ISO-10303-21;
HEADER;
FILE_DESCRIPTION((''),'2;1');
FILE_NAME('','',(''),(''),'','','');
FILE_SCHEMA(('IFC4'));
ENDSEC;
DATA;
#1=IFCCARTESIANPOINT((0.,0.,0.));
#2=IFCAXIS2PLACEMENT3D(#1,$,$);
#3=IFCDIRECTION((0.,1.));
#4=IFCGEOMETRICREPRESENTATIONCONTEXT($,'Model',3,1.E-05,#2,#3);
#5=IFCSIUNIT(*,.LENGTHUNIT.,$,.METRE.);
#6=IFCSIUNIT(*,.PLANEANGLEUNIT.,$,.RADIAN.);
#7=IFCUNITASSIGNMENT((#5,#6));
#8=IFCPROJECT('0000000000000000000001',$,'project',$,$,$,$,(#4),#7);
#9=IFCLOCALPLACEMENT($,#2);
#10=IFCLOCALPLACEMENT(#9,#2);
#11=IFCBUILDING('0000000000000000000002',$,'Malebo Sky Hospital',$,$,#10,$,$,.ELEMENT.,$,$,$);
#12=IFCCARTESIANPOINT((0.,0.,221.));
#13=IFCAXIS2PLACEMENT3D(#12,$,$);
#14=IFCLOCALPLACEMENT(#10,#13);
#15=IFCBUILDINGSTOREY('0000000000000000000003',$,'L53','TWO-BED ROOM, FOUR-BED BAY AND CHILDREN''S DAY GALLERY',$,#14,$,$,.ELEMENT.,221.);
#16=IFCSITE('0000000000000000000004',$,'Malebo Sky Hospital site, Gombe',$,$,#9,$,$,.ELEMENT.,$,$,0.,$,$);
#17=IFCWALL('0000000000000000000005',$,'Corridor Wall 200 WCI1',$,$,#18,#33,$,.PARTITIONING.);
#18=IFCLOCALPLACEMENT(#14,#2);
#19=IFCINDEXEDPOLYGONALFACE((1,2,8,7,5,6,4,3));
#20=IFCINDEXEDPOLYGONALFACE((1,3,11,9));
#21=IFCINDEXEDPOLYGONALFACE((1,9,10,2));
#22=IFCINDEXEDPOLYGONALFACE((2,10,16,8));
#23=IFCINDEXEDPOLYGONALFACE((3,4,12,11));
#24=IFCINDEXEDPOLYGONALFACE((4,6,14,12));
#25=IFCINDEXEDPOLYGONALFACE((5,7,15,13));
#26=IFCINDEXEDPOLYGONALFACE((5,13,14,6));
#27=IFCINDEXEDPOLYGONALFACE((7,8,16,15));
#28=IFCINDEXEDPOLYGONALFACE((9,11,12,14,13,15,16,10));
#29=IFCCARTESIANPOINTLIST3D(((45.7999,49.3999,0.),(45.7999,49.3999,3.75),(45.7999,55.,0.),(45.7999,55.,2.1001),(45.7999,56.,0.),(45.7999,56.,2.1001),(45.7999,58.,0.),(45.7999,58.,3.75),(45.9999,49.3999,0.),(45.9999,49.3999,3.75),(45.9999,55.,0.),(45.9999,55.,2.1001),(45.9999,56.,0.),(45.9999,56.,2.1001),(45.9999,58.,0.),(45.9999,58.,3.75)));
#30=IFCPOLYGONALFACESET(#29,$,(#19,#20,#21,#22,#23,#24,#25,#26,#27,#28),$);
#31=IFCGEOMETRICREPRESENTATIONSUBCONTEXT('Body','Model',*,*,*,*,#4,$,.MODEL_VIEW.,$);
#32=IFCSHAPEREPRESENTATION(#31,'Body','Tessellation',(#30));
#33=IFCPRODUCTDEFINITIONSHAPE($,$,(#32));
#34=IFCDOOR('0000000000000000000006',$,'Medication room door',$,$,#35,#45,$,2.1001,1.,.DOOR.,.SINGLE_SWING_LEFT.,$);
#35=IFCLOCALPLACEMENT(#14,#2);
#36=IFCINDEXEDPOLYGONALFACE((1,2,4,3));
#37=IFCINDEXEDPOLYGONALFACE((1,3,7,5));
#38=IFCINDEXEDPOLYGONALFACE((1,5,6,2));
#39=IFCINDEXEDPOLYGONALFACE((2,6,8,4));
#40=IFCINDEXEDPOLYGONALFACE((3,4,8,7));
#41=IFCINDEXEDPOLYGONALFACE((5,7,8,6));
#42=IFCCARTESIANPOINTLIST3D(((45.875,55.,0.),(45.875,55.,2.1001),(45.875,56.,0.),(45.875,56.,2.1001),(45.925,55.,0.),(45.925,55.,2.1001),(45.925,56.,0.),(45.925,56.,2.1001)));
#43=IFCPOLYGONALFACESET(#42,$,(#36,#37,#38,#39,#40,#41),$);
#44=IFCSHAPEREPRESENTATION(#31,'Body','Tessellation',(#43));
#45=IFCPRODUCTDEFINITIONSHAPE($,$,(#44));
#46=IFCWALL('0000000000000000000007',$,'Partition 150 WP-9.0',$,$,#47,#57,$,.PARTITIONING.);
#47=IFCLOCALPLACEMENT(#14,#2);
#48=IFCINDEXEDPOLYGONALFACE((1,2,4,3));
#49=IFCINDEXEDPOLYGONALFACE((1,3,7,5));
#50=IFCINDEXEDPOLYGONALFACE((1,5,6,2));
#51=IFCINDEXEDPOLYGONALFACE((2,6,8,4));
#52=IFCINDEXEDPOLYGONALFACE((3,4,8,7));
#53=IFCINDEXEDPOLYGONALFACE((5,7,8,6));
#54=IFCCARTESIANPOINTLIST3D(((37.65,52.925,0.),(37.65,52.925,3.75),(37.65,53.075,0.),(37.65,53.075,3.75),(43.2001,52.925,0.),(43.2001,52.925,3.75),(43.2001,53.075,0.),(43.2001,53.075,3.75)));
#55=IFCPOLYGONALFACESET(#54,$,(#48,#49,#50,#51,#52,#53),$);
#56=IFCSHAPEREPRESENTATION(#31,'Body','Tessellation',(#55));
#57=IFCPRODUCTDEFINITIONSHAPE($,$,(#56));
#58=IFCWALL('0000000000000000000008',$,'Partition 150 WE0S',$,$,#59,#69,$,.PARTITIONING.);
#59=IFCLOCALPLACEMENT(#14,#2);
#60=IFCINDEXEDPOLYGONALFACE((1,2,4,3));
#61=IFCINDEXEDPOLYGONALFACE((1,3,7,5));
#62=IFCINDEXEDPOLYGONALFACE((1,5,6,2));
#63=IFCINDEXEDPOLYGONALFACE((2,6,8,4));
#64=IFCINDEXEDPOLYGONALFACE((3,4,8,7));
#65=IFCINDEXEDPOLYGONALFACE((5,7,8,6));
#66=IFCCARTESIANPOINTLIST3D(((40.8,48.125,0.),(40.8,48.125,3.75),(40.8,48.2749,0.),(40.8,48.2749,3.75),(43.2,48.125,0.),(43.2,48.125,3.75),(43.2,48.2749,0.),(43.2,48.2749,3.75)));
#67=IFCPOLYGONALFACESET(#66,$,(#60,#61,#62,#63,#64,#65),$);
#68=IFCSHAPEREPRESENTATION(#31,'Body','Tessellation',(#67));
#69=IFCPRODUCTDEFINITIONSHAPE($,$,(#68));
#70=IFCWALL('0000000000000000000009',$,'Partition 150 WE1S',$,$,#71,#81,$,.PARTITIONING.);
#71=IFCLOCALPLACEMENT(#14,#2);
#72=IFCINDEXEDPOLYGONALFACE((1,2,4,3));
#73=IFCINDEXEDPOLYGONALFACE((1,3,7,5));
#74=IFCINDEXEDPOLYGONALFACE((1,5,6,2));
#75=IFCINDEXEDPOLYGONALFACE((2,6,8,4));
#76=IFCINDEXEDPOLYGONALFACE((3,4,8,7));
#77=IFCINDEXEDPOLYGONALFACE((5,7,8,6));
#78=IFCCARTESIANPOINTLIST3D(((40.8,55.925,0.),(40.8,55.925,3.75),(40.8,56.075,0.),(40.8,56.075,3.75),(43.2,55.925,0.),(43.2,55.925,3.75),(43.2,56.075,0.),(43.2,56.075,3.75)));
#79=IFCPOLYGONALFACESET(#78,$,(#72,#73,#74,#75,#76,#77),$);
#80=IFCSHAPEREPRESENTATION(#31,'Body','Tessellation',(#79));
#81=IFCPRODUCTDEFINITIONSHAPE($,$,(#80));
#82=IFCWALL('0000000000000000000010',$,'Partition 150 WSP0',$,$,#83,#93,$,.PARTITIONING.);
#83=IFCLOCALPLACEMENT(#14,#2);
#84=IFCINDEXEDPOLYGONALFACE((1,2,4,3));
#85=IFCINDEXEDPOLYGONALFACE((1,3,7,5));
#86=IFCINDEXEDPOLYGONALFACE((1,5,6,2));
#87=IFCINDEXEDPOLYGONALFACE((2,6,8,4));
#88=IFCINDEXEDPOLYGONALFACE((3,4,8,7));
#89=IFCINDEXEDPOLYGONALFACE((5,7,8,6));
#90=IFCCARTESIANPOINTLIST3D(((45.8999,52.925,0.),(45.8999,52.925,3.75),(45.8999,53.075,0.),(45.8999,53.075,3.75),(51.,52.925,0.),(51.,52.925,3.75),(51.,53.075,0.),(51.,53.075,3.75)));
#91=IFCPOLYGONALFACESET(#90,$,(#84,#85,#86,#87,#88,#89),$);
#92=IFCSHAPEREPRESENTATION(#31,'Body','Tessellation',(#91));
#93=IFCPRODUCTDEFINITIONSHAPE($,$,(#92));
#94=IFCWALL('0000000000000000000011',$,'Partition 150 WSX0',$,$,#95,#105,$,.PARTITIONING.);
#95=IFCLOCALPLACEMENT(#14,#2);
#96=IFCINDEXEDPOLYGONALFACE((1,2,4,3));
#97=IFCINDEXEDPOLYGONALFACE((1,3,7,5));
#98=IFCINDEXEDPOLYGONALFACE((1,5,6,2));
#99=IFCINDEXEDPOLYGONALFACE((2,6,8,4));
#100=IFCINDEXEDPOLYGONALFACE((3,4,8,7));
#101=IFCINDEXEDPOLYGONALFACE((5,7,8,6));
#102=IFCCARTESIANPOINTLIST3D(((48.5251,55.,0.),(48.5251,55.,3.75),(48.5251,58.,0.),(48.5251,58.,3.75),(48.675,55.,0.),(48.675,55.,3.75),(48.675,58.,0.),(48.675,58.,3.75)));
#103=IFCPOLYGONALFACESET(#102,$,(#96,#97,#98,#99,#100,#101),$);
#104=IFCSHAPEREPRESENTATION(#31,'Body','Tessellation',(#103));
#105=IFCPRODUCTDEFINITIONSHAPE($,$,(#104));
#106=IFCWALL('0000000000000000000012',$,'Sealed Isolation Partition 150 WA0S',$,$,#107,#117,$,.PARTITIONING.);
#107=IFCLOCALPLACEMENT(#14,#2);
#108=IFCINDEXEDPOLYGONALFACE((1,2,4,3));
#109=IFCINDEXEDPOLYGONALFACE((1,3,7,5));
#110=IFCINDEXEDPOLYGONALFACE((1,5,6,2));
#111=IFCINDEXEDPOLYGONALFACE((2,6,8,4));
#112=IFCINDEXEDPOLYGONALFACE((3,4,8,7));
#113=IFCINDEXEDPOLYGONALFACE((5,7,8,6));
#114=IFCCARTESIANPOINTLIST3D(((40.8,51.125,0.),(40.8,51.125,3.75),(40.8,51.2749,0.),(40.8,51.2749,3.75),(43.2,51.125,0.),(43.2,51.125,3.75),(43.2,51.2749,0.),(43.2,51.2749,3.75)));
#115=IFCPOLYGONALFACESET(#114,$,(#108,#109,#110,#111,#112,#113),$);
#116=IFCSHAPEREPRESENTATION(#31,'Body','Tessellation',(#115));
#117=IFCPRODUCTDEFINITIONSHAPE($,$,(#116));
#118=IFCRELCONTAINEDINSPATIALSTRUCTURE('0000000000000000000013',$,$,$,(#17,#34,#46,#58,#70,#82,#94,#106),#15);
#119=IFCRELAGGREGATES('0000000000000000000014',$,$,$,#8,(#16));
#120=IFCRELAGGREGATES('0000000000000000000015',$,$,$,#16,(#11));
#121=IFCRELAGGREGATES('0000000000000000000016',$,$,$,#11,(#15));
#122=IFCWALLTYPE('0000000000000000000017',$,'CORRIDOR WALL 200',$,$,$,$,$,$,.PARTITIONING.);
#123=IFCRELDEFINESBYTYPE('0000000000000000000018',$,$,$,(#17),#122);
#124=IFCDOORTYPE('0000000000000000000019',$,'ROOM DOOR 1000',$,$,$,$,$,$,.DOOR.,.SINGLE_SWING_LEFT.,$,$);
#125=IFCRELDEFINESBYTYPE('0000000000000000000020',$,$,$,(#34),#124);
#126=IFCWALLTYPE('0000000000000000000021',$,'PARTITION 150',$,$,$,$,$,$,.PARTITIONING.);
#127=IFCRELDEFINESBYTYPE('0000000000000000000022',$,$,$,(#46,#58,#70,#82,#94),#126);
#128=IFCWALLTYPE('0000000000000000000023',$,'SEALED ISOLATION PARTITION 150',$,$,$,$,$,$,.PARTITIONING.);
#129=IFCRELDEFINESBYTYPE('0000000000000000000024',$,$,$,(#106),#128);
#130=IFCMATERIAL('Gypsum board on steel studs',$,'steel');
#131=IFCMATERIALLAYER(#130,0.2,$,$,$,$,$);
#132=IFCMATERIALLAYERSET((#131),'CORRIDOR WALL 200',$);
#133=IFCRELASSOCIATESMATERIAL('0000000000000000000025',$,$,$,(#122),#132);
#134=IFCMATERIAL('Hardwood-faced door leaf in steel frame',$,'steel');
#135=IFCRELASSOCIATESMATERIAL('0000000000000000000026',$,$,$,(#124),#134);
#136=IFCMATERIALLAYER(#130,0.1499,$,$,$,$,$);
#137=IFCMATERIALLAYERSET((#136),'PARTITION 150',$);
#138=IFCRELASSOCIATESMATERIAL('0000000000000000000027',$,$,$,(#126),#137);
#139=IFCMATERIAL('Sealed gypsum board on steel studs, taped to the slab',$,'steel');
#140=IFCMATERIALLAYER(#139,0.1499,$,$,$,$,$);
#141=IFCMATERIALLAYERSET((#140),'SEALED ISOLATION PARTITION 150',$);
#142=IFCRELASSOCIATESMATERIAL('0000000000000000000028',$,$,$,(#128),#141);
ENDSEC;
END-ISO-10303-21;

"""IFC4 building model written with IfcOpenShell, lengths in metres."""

from ifc_helpers import new_model, si_unit, direction, frame, frame_2d, origin, place, context, subcontext, project, spatial, rectangle, extrude, material, layer, layer_set, type_object, element, fill, save


model = new_model("IFC4")

# Units and contexts
model_context = context("Model", 3, precision=1e-05, world=origin(), true_north=direction((0.0, 1.0)))
body_context = subcontext(model_context, "Body", "Model", "MODEL_VIEW")
ifc_project = project(units=[si_unit("LENGTHUNIT", "METRE"), si_unit("PLANEANGLEUNIT", "RADIAN")], contexts=[model_context])

# Site, building, storey
site_placement = place(None, origin())
site = spatial("IfcSite", under=ifc_project, at=site_placement, Name="Malebo Sky Hospital site, Gombe", CompositionType="ELEMENT", RefElevation=0.0)
building_placement = place(site_placement, origin())
building = spatial("IfcBuilding", under=site, at=building_placement, Name="Malebo Sky Hospital", CompositionType="ELEMENT")
storey_placement = place(building_placement, frame((0.0, 0.0, 221.0)))
storey = spatial("IfcBuildingStorey", under=building, at=storey_placement, Name="L53", Description="TWO-BED ROOM, FOUR-BED BAY AND CHILDREN'S DAY GALLERY", CompositionType="ELEMENT", Elevation=221.0)

# Wall, opening, door
ifc_material_1 = material(Name="Hardwood-faced door leaf in steel frame", Category="steel")
ifc_material_2 = material(Name="Gypsum board on steel studs", Category="steel")
ifc_layer_1 = layer(ifc_material_2, 0.2)
ifc_layer_set_1 = layer_set([ifc_layer_1], Name="CORRIDOR WALL 200")
wall_type_1 = type_object("IfcWallType", Name="CORRIDOR WALL 200", PredefinedType="PARTITIONING", material=ifc_layer_set_1)
wall_1_placement = place(storey_placement, frame((45.8999, 49.3999, 0.0), z_axis=(0.0, 0.0, 1.0), x_axis=(0.0, 1.0, 0.0)))
wall_1 = element("IfcWall", 1, at=wall_1_placement, inside=storey, type_object=wall_type_1, Name="Corridor Wall 200 WCI1", PredefinedType="PARTITIONING", context=body_context, shape_type="SweptSolid", body=[
    extrude(rectangle(XDim=8.6001, YDim=0.2, at=frame_2d((4.3, 0.0))), origin(), (0.0, 0.0, 1.0), 3.75),
])
opening_1_placement = place(wall_1_placement, frame((5.6001, 0.0, 0.0)))
opening_1 = element("IfcOpeningElement", 2, at=opening_1_placement, cuts=wall_1, PredefinedType="OPENING", context=body_context, shape_type="SweptSolid", body=[
    extrude(rectangle(XDim=1.0, YDim=2.1001, at=frame_2d((0.5, 1.05))), frame((0.0, 0.1099, 0.0), z_axis=(0.0, -1.0, 0.0), x_axis=(1.0, 0.0, 0.0)), (0.0, 0.0, 1.0), 0.22),
])
door_type_1 = type_object("IfcDoorType", Name="ROOM DOOR 1000", OperationType="SINGLE_SWING_LEFT", PredefinedType="DOOR", material=ifc_material_1)
door_1_placement = place(opening_1_placement, origin())
door_1 = element("IfcDoor", 3, at=door_1_placement, inside=storey, type_object=door_type_1, Name="Medication room door", OperationType="SINGLE_SWING_LEFT", OverallHeight=2.1001, OverallWidth=1.0, PredefinedType="DOOR", context=body_context, shape_type="SweptSolid", body=[
    extrude(rectangle(XDim=1.0, YDim=2.1001, at=frame_2d((0.5, 1.05))), frame((0.0, 0.0249, 0.0), z_axis=(0.0, -1.0, 0.0), x_axis=(1.0, 0.0, 0.0)), (0.0, 0.0, 1.0), 0.05),
])
fill(opening_1, door_1)

# Walls
ifc_layer_2 = layer(ifc_material_2, 0.1499)
ifc_layer_set_2 = layer_set([ifc_layer_2], Name="PARTITION 150")
wall_type_2 = type_object("IfcWallType", Name="PARTITION 150", PredefinedType="PARTITIONING", material=ifc_layer_set_2)
wall_2_placement = place(storey_placement, frame((43.2, 53.0, 0.0), z_axis=(0.0, 0.0, 1.0), x_axis=(-1.0, 0.0, 0.0)))
element("IfcWall", 4, at=wall_2_placement, inside=storey, type_object=wall_type_2, Name="Partition 150 WP-9.0", PredefinedType="PARTITIONING", context=body_context, shape_type="SweptSolid", body=[
    extrude(rectangle(XDim=5.55, YDim=0.1499, at=frame_2d((2.7749, 0.0))), origin(), (0.0, 0.0, 1.0), 3.75),
])
for number, where, z_axis, x_axis, name in (
    (5, (43.2, 48.2, 0.0), (0.0, 0.0, 1.0), (-1.0, 0.0, 0.0), "Partition 150 WE0S"),
    (6, (43.2, 56.0, 0.0), (0.0, 0.0, 1.0), (-1.0, 0.0, 0.0), "Partition 150 WE1S"),
):
    element("IfcWall", number, at=place(storey_placement, frame(where, z_axis=z_axis, x_axis=x_axis)), inside=storey, type_object=wall_type_2, Name=name, PredefinedType="PARTITIONING", context=body_context, shape_type="SweptSolid", body=[
        extrude(rectangle(XDim=2.3999, YDim=0.1499, at=frame_2d((1.2, 0.0))), origin(), (0.0, 0.0, 1.0), 3.75),
    ])
wall_3_placement = place(storey_placement, frame((51.0, 53.0, 0.0), z_axis=(0.0, 0.0, 1.0), x_axis=(-1.0, 0.0, 0.0)))
element("IfcWall", 7, at=wall_3_placement, inside=storey, type_object=wall_type_2, Name="Partition 150 WSP0", PredefinedType="PARTITIONING", context=body_context, shape_type="SweptSolid", body=[
    extrude(rectangle(XDim=5.1001, YDim=0.1499, at=frame_2d((2.55, 0.0))), origin(), (0.0, 0.0, 1.0), 3.75),
])
wall_4_placement = place(storey_placement, frame((48.6001, 55.0, 0.0), z_axis=(0.0, 0.0, 1.0), x_axis=(0.0, 1.0, 0.0)))
element("IfcWall", 8, at=wall_4_placement, inside=storey, type_object=wall_type_2, Name="Partition 150 WSX0", PredefinedType="PARTITIONING", context=body_context, shape_type="SweptSolid", body=[
    extrude(rectangle(XDim=3.0, YDim=0.1499, at=frame_2d((1.5, 0.0))), origin(), (0.0, 0.0, 1.0), 3.75),
])
ifc_material_3 = material(Name="Sealed gypsum board on steel studs, taped to the slab", Category="steel")
ifc_layer_3 = layer(ifc_material_3, 0.1499)
ifc_layer_set_3 = layer_set([ifc_layer_3], Name="SEALED ISOLATION PARTITION 150")
wall_type_3 = type_object("IfcWallType", Name="SEALED ISOLATION PARTITION 150", PredefinedType="PARTITIONING", material=ifc_layer_set_3)
wall_5_placement = place(storey_placement, frame((43.2, 51.2, 0.0), z_axis=(0.0, 0.0, 1.0), x_axis=(-1.0, 0.0, 0.0)))
element("IfcWall", 9, at=wall_5_placement, inside=storey, type_object=wall_type_3, Name="Sealed Isolation Partition 150 WA0S", PredefinedType="PARTITIONING", context=body_context, shape_type="SweptSolid", body=[
    extrude(rectangle(XDim=2.3999, YDim=0.1499, at=frame_2d((1.2, 0.0))), origin(), (0.0, 0.0, 1.0), 3.75),
])

save(model, "model.ifc")
